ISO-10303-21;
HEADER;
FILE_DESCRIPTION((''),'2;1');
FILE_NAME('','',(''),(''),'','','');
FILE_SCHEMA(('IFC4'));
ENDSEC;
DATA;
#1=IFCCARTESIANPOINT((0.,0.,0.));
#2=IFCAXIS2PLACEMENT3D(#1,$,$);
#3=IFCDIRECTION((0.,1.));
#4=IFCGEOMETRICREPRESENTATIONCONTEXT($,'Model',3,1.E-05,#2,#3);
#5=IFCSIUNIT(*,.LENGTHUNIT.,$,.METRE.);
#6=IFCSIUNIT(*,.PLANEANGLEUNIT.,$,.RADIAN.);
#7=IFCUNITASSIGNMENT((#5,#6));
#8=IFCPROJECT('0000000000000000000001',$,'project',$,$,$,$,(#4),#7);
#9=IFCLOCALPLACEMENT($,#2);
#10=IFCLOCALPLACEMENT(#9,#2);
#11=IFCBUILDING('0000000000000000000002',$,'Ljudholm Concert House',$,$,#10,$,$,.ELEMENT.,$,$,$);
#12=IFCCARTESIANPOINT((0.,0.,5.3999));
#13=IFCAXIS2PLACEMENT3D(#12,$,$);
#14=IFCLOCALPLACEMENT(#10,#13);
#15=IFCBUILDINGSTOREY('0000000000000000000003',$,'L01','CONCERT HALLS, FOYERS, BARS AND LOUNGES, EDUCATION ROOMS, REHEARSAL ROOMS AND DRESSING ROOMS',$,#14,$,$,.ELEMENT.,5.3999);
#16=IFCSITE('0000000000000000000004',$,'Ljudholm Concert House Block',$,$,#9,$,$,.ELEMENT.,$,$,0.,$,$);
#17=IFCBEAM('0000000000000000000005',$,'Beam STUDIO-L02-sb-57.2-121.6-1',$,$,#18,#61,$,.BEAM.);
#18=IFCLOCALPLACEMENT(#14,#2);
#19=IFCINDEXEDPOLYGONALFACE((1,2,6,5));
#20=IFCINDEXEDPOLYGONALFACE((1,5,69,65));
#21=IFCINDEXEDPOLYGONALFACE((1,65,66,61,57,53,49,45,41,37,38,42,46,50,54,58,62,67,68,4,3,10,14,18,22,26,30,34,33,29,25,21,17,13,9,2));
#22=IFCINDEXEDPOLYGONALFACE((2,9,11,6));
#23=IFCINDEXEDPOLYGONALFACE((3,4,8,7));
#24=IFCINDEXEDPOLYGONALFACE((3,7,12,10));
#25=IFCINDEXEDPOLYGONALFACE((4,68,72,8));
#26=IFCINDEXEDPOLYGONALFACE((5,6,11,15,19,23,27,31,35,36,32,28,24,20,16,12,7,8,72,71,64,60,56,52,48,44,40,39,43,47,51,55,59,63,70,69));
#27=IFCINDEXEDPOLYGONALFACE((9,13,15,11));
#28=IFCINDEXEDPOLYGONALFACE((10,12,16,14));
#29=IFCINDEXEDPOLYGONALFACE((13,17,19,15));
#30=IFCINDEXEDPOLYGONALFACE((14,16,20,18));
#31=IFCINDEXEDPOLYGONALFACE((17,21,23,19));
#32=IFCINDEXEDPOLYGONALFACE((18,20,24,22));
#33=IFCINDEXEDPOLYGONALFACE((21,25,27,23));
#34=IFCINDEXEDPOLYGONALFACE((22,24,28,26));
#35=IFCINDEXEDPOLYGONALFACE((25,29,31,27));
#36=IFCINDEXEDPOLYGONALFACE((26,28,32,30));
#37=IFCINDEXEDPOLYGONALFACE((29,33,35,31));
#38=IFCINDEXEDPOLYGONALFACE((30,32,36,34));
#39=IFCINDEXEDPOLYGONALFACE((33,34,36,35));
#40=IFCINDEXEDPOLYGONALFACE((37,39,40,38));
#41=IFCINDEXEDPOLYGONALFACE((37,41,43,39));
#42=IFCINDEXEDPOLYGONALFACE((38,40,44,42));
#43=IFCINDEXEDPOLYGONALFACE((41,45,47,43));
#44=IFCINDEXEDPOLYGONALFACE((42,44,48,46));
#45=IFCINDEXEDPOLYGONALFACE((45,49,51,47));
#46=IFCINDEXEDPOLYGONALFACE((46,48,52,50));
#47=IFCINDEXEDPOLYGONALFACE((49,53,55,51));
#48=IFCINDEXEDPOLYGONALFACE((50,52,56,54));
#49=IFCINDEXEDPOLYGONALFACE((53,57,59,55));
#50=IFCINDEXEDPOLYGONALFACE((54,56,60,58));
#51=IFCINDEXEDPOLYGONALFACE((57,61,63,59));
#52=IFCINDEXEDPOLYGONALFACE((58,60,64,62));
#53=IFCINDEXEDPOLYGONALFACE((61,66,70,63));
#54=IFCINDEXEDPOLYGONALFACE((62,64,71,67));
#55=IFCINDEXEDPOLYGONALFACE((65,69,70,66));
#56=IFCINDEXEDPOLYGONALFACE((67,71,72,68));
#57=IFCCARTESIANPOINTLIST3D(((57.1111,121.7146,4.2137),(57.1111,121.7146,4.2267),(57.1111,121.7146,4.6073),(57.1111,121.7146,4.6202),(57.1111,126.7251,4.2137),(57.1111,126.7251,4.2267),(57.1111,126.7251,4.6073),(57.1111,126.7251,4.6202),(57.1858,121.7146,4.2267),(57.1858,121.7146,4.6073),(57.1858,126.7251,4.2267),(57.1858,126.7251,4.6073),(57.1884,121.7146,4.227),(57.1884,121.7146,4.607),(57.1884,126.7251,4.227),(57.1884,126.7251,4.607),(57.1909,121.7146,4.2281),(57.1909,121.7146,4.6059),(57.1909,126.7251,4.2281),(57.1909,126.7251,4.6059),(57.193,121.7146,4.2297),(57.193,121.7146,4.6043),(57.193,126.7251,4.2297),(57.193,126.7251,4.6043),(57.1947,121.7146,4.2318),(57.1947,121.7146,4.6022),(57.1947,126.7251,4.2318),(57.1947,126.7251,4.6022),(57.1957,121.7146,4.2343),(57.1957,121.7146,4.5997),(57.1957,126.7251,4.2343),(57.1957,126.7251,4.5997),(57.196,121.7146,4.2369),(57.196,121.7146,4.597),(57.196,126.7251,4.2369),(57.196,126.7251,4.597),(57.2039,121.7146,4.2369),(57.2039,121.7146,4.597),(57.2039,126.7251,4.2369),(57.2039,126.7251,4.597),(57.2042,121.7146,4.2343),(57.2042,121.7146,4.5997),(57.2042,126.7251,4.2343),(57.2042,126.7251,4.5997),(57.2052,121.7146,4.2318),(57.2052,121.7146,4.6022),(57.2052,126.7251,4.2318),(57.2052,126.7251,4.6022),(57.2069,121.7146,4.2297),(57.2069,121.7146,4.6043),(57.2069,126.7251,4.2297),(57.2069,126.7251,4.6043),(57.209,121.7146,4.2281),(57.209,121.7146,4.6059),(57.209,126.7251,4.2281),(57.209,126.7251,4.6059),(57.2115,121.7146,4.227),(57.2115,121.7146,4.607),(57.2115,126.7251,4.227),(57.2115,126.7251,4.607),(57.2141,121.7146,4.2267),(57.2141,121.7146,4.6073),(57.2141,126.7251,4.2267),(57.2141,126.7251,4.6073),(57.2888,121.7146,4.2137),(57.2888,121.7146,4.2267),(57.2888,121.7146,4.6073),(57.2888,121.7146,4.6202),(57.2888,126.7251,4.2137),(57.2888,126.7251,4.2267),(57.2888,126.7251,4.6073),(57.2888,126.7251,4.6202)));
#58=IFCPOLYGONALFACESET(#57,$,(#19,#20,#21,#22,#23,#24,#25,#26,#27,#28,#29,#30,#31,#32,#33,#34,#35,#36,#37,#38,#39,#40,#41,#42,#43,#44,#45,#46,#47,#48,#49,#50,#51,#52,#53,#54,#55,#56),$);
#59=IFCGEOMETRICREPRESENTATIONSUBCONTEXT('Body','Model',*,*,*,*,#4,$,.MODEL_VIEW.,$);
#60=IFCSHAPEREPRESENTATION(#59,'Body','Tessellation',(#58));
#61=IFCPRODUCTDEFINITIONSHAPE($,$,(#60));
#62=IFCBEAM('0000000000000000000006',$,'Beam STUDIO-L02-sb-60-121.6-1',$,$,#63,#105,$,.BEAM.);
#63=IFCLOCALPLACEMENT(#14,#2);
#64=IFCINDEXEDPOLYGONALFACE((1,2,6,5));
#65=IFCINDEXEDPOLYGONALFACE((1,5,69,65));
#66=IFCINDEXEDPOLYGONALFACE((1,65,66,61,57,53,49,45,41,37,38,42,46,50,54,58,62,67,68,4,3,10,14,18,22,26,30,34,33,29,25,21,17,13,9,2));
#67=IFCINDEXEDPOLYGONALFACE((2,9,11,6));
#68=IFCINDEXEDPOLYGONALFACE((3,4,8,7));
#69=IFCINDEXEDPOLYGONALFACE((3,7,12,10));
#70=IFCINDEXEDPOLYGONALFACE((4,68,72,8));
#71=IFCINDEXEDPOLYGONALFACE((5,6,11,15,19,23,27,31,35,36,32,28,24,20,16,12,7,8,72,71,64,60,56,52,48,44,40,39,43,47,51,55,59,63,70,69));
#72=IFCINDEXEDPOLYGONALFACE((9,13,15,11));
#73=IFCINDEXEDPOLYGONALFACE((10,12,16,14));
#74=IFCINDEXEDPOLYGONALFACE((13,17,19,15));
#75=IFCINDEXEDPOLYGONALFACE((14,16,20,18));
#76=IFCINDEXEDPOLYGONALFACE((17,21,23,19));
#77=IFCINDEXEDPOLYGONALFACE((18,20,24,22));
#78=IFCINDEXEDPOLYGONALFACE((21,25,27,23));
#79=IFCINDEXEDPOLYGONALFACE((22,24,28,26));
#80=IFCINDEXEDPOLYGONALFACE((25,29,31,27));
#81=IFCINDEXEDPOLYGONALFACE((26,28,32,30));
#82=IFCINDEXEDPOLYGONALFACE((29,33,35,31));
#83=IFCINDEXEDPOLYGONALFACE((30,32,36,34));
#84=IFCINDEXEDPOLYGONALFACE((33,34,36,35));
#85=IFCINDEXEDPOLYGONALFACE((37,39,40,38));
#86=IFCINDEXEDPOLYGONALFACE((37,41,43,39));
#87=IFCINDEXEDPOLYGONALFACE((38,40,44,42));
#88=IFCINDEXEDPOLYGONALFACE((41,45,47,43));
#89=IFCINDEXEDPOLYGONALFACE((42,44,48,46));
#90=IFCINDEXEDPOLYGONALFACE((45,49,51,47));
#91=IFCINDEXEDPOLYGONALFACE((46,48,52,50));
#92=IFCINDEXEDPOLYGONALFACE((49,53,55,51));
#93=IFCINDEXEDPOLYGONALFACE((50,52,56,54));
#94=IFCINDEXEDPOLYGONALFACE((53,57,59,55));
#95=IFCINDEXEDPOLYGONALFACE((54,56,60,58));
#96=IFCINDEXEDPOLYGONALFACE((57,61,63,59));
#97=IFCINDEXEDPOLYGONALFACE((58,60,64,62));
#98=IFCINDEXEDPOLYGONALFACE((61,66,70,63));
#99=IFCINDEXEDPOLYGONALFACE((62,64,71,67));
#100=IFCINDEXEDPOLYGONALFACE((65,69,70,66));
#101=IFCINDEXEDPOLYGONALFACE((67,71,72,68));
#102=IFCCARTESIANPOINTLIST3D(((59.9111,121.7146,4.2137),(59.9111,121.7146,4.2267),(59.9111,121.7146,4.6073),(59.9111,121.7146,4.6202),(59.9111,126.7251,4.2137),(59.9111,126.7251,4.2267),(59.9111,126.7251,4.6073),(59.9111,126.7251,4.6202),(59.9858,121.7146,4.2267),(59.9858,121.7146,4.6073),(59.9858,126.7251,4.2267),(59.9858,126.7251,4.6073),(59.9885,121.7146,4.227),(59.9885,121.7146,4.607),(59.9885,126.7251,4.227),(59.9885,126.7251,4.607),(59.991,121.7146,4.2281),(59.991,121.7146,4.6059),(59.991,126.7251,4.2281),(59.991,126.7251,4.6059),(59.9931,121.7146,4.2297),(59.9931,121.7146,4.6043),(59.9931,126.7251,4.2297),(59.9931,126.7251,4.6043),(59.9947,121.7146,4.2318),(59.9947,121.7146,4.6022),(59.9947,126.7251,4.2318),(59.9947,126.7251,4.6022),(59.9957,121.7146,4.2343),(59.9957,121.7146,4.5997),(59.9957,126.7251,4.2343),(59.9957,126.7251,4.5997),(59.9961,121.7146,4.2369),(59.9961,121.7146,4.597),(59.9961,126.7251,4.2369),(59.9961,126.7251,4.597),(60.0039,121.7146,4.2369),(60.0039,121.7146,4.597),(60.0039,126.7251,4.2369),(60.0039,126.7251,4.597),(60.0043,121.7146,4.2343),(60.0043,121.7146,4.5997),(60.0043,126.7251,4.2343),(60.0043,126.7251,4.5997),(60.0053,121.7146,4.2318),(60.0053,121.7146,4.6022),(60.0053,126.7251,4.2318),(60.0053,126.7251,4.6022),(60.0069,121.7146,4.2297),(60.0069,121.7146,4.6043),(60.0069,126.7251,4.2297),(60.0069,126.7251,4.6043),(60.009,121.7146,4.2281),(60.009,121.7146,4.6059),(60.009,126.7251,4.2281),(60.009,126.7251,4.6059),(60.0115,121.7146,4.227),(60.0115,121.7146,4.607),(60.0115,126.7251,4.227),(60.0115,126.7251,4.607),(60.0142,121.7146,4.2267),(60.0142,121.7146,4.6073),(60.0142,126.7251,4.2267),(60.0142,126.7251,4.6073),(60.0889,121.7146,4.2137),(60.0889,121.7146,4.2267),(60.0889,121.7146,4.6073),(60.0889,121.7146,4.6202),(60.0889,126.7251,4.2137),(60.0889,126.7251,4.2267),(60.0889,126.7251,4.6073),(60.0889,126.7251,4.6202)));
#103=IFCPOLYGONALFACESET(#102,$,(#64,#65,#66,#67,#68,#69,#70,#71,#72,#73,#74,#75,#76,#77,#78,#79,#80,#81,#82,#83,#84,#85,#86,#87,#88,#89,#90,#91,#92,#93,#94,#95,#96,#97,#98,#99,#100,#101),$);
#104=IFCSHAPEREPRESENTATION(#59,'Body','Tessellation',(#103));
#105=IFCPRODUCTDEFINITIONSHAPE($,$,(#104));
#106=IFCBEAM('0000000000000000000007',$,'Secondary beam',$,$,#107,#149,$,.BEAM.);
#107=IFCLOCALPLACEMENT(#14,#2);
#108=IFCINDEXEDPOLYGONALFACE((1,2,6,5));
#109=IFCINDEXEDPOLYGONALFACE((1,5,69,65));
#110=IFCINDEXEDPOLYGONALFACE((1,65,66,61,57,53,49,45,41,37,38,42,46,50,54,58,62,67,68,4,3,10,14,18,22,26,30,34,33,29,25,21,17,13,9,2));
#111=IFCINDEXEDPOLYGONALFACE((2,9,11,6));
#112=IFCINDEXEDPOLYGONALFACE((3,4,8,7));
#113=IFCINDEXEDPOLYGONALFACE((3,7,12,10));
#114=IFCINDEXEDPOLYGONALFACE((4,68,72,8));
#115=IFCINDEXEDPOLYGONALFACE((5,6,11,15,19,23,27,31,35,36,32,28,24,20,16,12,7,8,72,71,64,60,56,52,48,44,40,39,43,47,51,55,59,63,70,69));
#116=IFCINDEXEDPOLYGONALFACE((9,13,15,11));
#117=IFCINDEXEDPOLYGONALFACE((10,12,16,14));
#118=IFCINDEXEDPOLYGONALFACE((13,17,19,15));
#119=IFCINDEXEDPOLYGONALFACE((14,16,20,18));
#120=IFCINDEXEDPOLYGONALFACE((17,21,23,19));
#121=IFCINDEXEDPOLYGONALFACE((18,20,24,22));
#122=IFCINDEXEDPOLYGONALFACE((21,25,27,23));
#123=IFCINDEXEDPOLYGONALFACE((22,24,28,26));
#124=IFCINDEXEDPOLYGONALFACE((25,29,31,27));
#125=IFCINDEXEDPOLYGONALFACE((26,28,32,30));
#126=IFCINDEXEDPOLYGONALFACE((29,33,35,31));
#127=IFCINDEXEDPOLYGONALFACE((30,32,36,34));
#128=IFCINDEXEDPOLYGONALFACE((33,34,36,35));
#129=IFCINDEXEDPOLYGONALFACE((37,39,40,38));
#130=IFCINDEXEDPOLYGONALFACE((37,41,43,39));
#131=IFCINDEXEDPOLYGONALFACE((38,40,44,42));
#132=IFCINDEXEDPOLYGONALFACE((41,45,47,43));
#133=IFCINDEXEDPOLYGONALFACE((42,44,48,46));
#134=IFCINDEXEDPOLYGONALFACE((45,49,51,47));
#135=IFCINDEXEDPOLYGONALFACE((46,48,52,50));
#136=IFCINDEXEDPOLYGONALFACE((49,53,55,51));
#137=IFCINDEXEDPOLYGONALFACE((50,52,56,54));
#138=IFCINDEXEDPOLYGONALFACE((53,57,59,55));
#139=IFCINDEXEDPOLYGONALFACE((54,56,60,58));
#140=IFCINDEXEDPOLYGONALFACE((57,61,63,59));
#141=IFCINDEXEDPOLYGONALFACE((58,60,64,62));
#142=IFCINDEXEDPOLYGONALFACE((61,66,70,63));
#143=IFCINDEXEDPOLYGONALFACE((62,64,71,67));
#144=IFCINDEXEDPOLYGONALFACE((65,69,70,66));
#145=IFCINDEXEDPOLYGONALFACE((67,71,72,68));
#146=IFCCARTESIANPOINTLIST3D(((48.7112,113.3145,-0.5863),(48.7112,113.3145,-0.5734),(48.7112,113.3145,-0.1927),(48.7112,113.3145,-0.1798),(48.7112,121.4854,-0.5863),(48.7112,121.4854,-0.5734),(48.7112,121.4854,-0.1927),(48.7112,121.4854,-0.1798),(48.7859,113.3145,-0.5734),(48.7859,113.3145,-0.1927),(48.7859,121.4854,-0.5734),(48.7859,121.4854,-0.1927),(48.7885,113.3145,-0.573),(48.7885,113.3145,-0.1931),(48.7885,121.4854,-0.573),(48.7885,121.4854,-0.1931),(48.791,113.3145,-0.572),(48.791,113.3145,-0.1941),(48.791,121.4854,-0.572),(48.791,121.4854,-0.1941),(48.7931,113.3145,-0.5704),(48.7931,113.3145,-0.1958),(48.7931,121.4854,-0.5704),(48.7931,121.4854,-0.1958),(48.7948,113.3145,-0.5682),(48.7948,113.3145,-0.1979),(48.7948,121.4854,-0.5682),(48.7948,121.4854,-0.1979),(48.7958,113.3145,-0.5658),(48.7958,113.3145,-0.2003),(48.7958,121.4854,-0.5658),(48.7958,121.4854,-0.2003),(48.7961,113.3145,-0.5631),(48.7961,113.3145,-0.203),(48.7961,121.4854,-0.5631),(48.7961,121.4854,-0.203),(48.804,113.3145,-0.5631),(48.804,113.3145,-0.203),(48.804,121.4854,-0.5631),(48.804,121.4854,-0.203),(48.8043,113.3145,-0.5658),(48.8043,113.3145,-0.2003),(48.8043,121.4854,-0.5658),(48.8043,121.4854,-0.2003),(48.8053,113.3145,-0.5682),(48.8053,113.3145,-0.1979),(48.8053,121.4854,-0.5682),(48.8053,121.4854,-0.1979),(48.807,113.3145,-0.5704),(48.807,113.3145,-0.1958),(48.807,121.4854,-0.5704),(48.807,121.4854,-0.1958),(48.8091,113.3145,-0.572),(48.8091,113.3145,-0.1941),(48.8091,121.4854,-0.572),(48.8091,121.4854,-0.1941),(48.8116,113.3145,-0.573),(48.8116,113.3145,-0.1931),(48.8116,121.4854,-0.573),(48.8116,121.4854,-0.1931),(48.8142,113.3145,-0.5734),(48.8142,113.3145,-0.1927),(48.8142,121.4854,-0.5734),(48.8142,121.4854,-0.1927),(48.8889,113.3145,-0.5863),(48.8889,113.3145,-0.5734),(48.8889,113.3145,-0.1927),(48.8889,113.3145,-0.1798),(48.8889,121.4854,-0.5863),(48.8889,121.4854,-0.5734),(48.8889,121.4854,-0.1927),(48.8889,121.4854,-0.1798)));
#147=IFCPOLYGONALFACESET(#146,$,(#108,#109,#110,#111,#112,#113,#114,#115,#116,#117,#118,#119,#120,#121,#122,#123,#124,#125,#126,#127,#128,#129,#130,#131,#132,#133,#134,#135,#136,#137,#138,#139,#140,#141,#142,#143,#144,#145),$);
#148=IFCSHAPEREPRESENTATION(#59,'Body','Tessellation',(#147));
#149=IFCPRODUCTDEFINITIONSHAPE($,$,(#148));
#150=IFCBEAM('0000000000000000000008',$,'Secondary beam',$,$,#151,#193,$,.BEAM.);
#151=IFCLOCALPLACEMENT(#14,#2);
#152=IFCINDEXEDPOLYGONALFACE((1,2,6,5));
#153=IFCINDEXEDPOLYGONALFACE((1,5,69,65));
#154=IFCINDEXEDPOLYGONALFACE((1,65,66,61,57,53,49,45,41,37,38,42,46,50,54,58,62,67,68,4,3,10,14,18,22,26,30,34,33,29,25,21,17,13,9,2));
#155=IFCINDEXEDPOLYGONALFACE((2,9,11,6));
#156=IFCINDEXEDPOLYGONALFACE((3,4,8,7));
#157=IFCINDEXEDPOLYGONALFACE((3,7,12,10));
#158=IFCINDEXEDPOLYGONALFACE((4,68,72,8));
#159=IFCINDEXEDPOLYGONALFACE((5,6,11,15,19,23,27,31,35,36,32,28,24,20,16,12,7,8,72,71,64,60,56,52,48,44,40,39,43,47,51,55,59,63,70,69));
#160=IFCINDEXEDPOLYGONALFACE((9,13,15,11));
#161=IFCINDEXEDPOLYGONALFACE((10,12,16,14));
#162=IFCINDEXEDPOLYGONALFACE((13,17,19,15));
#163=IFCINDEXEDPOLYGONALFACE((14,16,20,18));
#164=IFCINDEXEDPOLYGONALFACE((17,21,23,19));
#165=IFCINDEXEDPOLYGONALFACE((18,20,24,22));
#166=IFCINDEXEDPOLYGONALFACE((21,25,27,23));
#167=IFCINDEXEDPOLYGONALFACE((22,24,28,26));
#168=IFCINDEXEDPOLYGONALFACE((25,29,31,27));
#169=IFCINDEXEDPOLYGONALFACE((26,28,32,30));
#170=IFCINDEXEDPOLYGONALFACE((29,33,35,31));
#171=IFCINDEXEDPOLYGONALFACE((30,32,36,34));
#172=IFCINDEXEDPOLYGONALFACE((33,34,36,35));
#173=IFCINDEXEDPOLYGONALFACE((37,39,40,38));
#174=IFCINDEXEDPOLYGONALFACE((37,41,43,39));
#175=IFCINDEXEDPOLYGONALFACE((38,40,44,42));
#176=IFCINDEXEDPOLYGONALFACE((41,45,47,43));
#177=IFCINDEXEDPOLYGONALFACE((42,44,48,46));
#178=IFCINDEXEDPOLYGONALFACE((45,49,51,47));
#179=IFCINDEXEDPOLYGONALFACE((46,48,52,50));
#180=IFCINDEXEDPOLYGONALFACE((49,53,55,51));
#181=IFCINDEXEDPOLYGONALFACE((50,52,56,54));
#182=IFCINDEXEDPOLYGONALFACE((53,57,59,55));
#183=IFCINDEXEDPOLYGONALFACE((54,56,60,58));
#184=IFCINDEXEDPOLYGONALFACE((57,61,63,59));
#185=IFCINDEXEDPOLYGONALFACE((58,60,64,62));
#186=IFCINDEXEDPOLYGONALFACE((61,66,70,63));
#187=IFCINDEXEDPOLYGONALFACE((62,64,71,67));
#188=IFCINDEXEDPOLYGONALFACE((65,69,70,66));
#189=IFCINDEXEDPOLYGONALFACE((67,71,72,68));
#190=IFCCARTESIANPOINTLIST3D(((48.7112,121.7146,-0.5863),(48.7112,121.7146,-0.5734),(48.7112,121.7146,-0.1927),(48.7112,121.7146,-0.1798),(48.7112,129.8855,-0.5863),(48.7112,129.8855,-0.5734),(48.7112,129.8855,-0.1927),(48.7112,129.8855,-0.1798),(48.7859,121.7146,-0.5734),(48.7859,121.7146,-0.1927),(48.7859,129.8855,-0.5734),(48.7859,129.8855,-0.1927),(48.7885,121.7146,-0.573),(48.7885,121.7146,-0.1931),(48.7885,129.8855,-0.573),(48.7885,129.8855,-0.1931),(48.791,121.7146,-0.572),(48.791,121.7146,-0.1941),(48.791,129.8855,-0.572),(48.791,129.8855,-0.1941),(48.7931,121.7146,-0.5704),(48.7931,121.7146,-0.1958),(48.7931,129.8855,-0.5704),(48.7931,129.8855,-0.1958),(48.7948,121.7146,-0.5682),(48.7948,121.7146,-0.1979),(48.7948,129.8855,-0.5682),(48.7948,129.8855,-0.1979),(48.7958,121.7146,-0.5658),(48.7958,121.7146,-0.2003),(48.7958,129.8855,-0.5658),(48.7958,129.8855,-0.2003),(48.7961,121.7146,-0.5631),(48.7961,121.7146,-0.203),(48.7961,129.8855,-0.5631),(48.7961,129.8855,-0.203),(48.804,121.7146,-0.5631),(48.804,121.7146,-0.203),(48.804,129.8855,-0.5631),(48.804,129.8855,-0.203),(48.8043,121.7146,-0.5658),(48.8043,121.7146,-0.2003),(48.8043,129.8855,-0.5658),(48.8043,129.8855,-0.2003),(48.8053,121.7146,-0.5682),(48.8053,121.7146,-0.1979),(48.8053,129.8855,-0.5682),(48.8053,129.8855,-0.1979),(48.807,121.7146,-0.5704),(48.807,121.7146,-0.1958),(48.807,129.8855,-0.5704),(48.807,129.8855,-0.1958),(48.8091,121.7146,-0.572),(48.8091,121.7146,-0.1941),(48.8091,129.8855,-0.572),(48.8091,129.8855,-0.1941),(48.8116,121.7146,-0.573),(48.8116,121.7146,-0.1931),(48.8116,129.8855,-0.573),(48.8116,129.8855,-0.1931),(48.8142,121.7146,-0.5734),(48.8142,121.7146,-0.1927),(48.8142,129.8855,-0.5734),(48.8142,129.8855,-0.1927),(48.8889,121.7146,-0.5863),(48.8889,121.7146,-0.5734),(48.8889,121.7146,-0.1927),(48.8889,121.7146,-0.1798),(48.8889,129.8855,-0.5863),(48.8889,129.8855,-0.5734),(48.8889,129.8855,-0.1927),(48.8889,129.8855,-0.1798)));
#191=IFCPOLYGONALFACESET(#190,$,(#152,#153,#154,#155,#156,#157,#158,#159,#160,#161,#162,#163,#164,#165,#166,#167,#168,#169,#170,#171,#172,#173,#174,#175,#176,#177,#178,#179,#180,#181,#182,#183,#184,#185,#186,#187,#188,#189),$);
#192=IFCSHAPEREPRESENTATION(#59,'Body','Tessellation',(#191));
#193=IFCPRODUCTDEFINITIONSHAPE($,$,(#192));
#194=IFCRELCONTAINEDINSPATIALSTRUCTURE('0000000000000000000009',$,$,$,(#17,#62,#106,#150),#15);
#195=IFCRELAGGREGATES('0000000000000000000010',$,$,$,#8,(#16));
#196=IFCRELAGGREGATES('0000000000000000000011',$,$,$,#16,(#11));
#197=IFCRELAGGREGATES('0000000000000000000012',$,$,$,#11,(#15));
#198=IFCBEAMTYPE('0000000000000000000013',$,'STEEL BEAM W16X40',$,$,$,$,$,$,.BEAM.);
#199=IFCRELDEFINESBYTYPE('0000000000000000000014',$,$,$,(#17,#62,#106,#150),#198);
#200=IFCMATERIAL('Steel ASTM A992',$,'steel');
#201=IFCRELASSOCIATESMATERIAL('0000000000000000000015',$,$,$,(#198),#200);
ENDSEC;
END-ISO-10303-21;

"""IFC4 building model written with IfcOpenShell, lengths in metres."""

from ifc_helpers import new_model, si_unit, direction, frame, origin, origin_2d, place, context, subcontext, project, spatial, i_section, extrude, material, material_profile, profile_set, type_object, element, save


model = new_model("IFC4")

# Units and contexts
model_context = context("Model", 3, precision=1e-05, world=origin(), true_north=direction((0.0, 1.0)))
body_context = subcontext(model_context, "Body", "Model", "MODEL_VIEW")
ifc_project = project(units=[si_unit("LENGTHUNIT", "METRE"), si_unit("PLANEANGLEUNIT", "RADIAN")], contexts=[model_context])

# Site, building, storey
site_placement = place(None, origin())
site = spatial("IfcSite", under=ifc_project, at=site_placement, Name="Ljudholm Concert House Block", CompositionType="ELEMENT", RefElevation=0.0)
building_placement = place(site_placement, origin())
building = spatial("IfcBuilding", under=site, at=building_placement, Name="Ljudholm Concert House", CompositionType="ELEMENT")
storey_placement = place(building_placement, frame((0.0, 0.0, 5.3999)))
storey = spatial("IfcBuildingStorey", under=building, at=storey_placement, Name="L01", Description="CONCERT HALLS, FOYERS, BARS AND LOUNGES, EDUCATION ROOMS, REHEARSAL ROOMS AND DRESSING ROOMS", CompositionType="ELEMENT", Elevation=5.3999)

# Beams
ifc_material_1 = material(Name="Steel ASTM A992", Category="steel")
ifc_material_profile_1 = material_profile(ifc_material_1, i_section(OverallWidth=0.1777, OverallDepth=0.4065, WebThickness=0.0078, FlangeThickness=0.0129, FilletRadius=0.0103, at=origin_2d()), Name="W16X40")
ifc_profile_set_1 = profile_set([ifc_material_profile_1], Name="Steel ASTM A992")
beam_type_1 = type_object("IfcBeamType", Name="STEEL BEAM W16X40", PredefinedType="BEAM", material=ifc_profile_set_1)
for number, where, z_axis, x_axis, name in (
    (1, (57.2, 121.7146, 4.417), (0.0, 1.0, 0.0), (-1.0, 0.0, 0.0), "Beam STUDIO-L02-sb-57.2-121.6-1"),
    (2, (60.0, 121.7146, 4.417), (0.0, 1.0, 0.0), (-1.0, 0.0, 0.0), "Beam STUDIO-L02-sb-60-121.6-1"),
):
    element("IfcBeam", number, at=place(storey_placement, frame(where, z_axis=z_axis, x_axis=x_axis)), inside=storey, type_object=beam_type_1, Name=name, PredefinedType="BEAM", context=body_context, shape_type="SweptSolid", body=[
        extrude(i_section(OverallWidth=0.1777, OverallDepth=0.4065, WebThickness=0.0078, FlangeThickness=0.0129, FilletRadius=0.0103, at=origin_2d()), origin(), (0.0, 0.0, 1.0), 5.0105),
    ])
for number, where, z_axis, x_axis, name in (
    (3, (48.8, 113.3145, -0.3831), (0.0, 1.0, 0.0), (-1.0, 0.0, 0.0), "Secondary beam"),
    (4, (48.8, 121.7146, -0.3831), (0.0, 1.0, 0.0), (-1.0, 0.0, 0.0), "Secondary beam"),
):
    element("IfcBeam", number, at=place(storey_placement, frame(where, z_axis=z_axis, x_axis=x_axis)), inside=storey, type_object=beam_type_1, Name=name, PredefinedType="BEAM", context=body_context, shape_type="SweptSolid", body=[
        extrude(i_section(OverallWidth=0.1777, OverallDepth=0.4065, WebThickness=0.0078, FlangeThickness=0.0129, FilletRadius=0.0103, at=origin_2d()), origin(), (0.0, 0.0, 1.0), 8.1709),
    ])

save(model, "model.ifc")
